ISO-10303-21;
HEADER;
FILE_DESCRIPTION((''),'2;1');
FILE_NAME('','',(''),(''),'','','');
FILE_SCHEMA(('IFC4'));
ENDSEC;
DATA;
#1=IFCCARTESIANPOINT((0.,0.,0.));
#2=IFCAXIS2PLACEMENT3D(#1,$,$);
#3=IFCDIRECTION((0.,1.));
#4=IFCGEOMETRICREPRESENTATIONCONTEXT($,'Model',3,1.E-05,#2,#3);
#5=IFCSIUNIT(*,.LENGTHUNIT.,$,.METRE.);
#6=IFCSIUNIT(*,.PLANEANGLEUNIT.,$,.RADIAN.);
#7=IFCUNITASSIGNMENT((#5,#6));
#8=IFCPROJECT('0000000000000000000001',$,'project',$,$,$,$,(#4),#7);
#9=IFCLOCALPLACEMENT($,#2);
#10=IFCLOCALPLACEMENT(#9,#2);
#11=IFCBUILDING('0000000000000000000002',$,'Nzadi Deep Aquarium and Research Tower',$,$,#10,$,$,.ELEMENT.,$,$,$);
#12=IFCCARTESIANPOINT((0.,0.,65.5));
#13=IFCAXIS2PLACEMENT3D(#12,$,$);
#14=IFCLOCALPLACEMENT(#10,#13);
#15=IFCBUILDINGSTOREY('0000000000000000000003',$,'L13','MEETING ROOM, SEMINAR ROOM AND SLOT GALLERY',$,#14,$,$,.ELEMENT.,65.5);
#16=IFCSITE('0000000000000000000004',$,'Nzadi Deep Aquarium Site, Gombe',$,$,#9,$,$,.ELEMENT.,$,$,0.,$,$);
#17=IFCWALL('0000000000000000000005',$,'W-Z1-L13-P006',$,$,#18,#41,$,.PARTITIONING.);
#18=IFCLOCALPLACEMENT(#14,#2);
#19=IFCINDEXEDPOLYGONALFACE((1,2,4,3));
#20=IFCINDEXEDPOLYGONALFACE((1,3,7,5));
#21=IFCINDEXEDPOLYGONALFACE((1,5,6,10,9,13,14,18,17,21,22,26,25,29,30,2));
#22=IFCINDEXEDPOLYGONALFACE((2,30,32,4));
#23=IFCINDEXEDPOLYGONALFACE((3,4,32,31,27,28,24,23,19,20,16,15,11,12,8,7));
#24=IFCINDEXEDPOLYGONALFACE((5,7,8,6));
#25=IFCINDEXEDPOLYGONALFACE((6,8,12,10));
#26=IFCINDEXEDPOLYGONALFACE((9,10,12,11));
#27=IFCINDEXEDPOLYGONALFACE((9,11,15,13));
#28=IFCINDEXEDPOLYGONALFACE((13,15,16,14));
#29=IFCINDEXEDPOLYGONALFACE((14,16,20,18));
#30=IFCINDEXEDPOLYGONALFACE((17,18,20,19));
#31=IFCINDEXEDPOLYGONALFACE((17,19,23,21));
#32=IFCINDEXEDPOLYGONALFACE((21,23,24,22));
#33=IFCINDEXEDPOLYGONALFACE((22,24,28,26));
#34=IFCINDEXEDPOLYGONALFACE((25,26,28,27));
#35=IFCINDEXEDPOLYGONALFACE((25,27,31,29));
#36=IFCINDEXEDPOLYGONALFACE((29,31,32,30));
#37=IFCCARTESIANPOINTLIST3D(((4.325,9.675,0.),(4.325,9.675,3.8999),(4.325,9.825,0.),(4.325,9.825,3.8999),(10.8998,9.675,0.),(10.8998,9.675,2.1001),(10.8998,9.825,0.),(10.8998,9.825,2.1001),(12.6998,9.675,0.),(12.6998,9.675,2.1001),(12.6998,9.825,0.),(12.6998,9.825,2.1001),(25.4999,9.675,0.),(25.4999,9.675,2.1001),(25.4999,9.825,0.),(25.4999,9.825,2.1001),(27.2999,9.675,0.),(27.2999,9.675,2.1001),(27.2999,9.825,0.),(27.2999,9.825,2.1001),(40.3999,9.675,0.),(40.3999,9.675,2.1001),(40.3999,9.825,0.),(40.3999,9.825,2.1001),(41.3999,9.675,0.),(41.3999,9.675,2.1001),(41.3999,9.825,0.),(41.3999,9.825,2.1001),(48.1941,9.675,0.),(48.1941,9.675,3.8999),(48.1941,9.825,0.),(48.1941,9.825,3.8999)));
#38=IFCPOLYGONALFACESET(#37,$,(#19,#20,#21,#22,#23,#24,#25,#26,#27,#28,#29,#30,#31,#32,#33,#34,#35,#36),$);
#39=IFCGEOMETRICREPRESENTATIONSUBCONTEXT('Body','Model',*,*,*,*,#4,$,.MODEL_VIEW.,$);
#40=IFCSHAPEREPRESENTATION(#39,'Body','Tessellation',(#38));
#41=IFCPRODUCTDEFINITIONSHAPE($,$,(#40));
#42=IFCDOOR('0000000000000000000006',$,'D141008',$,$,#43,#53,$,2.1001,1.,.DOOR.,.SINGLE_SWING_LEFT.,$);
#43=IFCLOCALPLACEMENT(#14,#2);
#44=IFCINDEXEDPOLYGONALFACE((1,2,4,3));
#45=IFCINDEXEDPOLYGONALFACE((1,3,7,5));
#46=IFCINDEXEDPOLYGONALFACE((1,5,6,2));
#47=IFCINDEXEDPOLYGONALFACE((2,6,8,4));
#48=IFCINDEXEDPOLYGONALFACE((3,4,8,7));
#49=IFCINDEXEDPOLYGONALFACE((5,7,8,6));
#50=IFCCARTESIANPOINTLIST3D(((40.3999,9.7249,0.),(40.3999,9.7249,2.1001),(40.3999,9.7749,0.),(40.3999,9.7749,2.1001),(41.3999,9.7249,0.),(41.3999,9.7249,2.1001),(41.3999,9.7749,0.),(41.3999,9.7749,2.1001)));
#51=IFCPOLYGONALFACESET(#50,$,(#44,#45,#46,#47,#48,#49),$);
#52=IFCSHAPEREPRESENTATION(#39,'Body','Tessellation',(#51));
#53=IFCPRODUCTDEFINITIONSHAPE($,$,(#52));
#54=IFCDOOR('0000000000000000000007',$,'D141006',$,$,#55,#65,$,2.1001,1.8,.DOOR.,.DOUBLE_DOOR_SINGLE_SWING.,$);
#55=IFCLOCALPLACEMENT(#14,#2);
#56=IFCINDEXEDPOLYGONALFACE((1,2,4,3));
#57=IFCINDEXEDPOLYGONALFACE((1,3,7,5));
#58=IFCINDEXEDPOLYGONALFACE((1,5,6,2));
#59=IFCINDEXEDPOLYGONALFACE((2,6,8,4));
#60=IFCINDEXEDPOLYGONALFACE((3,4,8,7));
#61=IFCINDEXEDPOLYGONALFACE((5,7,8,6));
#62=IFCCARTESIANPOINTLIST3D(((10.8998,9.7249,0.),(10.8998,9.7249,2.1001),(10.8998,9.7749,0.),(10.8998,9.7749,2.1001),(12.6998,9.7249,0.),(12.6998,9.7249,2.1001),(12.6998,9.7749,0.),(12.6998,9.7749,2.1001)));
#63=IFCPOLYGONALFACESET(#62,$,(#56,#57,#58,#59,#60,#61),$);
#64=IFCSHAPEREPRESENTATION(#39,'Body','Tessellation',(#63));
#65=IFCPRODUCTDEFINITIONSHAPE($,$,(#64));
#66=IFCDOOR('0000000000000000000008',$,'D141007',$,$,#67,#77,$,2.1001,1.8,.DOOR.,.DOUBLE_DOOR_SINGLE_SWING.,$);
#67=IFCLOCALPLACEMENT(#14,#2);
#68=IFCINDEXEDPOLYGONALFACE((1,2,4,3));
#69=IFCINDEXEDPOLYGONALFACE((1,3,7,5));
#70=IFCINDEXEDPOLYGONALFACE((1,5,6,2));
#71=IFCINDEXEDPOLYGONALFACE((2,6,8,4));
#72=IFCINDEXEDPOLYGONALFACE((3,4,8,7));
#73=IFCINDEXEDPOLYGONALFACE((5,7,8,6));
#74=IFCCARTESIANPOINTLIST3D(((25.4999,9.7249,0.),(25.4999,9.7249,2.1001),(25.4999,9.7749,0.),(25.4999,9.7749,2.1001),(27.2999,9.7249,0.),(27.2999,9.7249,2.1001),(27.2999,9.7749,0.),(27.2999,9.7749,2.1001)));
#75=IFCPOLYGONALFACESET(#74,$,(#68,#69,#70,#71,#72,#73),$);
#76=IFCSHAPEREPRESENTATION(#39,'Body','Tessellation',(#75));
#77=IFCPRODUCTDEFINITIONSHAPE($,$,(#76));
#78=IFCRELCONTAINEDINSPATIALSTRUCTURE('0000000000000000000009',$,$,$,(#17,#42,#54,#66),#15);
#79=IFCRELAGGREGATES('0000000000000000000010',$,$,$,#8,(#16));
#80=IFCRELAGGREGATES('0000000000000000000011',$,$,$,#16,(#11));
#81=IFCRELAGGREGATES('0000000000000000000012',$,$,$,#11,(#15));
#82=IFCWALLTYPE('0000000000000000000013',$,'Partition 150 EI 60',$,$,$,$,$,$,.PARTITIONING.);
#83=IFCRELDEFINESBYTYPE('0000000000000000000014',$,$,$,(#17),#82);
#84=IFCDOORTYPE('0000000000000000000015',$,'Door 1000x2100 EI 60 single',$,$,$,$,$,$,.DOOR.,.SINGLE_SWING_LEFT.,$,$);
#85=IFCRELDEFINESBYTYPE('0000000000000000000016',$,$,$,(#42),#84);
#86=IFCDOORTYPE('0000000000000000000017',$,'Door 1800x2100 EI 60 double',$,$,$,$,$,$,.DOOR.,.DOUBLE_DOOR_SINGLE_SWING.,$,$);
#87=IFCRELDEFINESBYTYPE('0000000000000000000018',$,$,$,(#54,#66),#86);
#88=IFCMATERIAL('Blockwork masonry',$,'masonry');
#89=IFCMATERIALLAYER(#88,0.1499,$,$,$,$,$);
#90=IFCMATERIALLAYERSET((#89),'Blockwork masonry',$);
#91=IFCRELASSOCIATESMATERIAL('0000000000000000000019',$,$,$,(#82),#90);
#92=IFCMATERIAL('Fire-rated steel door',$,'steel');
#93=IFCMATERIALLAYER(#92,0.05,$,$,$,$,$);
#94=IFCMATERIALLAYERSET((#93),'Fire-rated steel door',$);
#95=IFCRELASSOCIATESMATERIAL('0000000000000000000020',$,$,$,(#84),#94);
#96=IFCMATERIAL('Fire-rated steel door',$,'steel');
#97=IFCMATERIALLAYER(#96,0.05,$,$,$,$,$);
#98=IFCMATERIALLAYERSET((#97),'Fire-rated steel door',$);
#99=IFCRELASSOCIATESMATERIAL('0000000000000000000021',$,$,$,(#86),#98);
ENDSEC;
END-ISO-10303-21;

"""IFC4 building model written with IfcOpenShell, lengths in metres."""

from ifc_helpers import new_model, si_unit, direction, frame, frame_2d, origin, place, context, subcontext, project, spatial, rectangle, extrude, material, layer, layer_set, type_object, element, fill, save


model = new_model("IFC4")

# Units and contexts
model_context = context("Model", 3, precision=1e-05, world=origin(), true_north=direction((0.0, 1.0)))
body_context = subcontext(model_context, "Body", "Model", "MODEL_VIEW")
ifc_project = project(units=[si_unit("LENGTHUNIT", "METRE"), si_unit("PLANEANGLEUNIT", "RADIAN")], contexts=[model_context])

# Site, building, storey
site_placement = place(None, origin())
site = spatial("IfcSite", under=ifc_project, at=site_placement, Name="Nzadi Deep Aquarium Site, Gombe", CompositionType="ELEMENT", RefElevation=0.0)
building_placement = place(site_placement, origin())
building = spatial("IfcBuilding", under=site, at=building_placement, Name="Nzadi Deep Aquarium and Research Tower", CompositionType="ELEMENT")
storey_placement = place(building_placement, frame((0.0, 0.0, 65.5)))
storey = spatial("IfcBuildingStorey", under=building, at=storey_placement, Name="L13", Description="MEETING ROOM, SEMINAR ROOM AND SLOT GALLERY", CompositionType="ELEMENT", Elevation=65.5)

# Wall, openings, doors
ifc_material_1 = material(Name="Blockwork masonry", Category="masonry")
ifc_layer_1 = layer(ifc_material_1, 0.1499)
ifc_layer_set_1 = layer_set([ifc_layer_1], Name="Blockwork masonry")
wall_type_1 = type_object("IfcWallType", Name="Partition 150 EI 60", PredefinedType="PARTITIONING", material=ifc_layer_set_1)
wall_1_placement = place(storey_placement, frame((4.325, 9.75, 0.0), z_axis=(0.0, 0.0, 1.0), x_axis=(1.0, 0.0, 0.0)))
wall_1 = element("IfcWall", 1, at=wall_1_placement, inside=storey, type_object=wall_type_1, Name="W-Z1-L13-P006", PredefinedType="PARTITIONING", context=body_context, shape_type="SweptSolid", body=[
    extrude(rectangle(XDim=43.8691, YDim=0.1499, at=frame_2d((21.9346, 0.0))), origin(), (0.0, 0.0, 1.0), 3.8999),
])
opening_1_placement = place(wall_1_placement, frame((6.575, 0.0, 0.0)))
opening_1 = element("IfcOpeningElement", 2, at=opening_1_placement, cuts=wall_1, PredefinedType="OPENING", context=body_context, shape_type="SweptSolid", body=[
    extrude(rectangle(XDim=1.8, YDim=2.1001, at=frame_2d((0.8999, 1.05))), frame((0.0, 0.085, 0.0), z_axis=(0.0, -1.0, 0.0), x_axis=(1.0, 0.0, 0.0)), (0.0, 0.0, 1.0), 0.1699),
])
opening_2_placement = place(wall_1_placement, frame((21.175, 0.0, 0.0)))
opening_2 = element("IfcOpeningElement", 3, at=opening_2_placement, cuts=wall_1, PredefinedType="OPENING", context=body_context, shape_type="SweptSolid", body=[
    extrude(rectangle(XDim=1.8, YDim=2.1001, at=frame_2d((0.8999, 1.05))), frame((0.0, 0.085, 0.0), z_axis=(0.0, -1.0, 0.0), x_axis=(1.0, 0.0, 0.0)), (0.0, 0.0, 1.0), 0.1699),
])
opening_3_placement = place(wall_1_placement, frame((36.075, 0.0, 0.0)))
opening_3 = element("IfcOpeningElement", 4, at=opening_3_placement, cuts=wall_1, PredefinedType="OPENING", context=body_context, shape_type="SweptSolid", body=[
    extrude(rectangle(XDim=1.0, YDim=2.1001, at=frame_2d((0.5, 1.05))), frame((0.0, 0.085, 0.0), z_axis=(0.0, -1.0, 0.0), x_axis=(1.0, 0.0, 0.0)), (0.0, 0.0, 1.0), 0.1699),
])
ifc_material_2 = material(Name="Fire-rated steel door", Category="steel")
ifc_layer_2 = layer(ifc_material_2, 0.05)
ifc_layer_set_2 = layer_set([ifc_layer_2], Name="Fire-rated steel door")
door_type_1 = type_object("IfcDoorType", Name="Door 1000x2100 EI 60 single", OperationType="SINGLE_SWING_LEFT", PredefinedType="DOOR", material=ifc_layer_set_2)
door_1_placement = place(opening_3_placement, origin())
door_1 = element("IfcDoor", 5, at=door_1_placement, inside=storey, type_object=door_type_1, Name="D141008", OperationType="SINGLE_SWING_LEFT", OverallHeight=2.1001, OverallWidth=1.0, PredefinedType="DOOR", context=body_context, shape_type="SweptSolid", body=[
    extrude(rectangle(XDim=1.0, YDim=2.1001, at=frame_2d((0.5, 1.05))), frame((0.0, 0.0249, 0.0), z_axis=(0.0, -1.0, 0.0), x_axis=(1.0, 0.0, 0.0)), (0.0, 0.0, 1.0), 0.05),
])
fill(opening_3, door_1)
ifc_material_3 = material(Name="Fire-rated steel door", Category="steel")
ifc_layer_3 = layer(ifc_material_3, 0.05)
ifc_layer_set_3 = layer_set([ifc_layer_3], Name="Fire-rated steel door")
door_type_2 = type_object("IfcDoorType", Name="Door 1800x2100 EI 60 double", OperationType="DOUBLE_DOOR_SINGLE_SWING", PredefinedType="DOOR", material=ifc_layer_set_3)
door_2_placement = place(opening_1_placement, origin())
door_2 = element("IfcDoor", 6, at=door_2_placement, inside=storey, type_object=door_type_2, Name="D141006", OperationType="DOUBLE_DOOR_SINGLE_SWING", OverallHeight=2.1001, OverallWidth=1.8, PredefinedType="DOOR", context=body_context, shape_type="SweptSolid", body=[
    extrude(rectangle(XDim=1.8, YDim=2.1001, at=frame_2d((0.8999, 1.05))), frame((0.0, 0.0249, 0.0), z_axis=(0.0, -1.0, 0.0), x_axis=(1.0, 0.0, 0.0)), (0.0, 0.0, 1.0), 0.05),
])
fill(opening_1, door_2)
door_3_placement = place(opening_2_placement, origin())
door_3 = element("IfcDoor", 7, at=door_3_placement, inside=storey, type_object=door_type_2, Name="D141007", OperationType="DOUBLE_DOOR_SINGLE_SWING", OverallHeight=2.1001, OverallWidth=1.8, PredefinedType="DOOR", context=body_context, shape_type="SweptSolid", body=[
    extrude(rectangle(XDim=1.8, YDim=2.1001, at=frame_2d((0.8999, 1.05))), frame((0.0, 0.0249, 0.0), z_axis=(0.0, -1.0, 0.0), x_axis=(1.0, 0.0, 0.0)), (0.0, 0.0, 1.0), 0.05),
])
fill(opening_2, door_3)

save(model, "model.ifc")
